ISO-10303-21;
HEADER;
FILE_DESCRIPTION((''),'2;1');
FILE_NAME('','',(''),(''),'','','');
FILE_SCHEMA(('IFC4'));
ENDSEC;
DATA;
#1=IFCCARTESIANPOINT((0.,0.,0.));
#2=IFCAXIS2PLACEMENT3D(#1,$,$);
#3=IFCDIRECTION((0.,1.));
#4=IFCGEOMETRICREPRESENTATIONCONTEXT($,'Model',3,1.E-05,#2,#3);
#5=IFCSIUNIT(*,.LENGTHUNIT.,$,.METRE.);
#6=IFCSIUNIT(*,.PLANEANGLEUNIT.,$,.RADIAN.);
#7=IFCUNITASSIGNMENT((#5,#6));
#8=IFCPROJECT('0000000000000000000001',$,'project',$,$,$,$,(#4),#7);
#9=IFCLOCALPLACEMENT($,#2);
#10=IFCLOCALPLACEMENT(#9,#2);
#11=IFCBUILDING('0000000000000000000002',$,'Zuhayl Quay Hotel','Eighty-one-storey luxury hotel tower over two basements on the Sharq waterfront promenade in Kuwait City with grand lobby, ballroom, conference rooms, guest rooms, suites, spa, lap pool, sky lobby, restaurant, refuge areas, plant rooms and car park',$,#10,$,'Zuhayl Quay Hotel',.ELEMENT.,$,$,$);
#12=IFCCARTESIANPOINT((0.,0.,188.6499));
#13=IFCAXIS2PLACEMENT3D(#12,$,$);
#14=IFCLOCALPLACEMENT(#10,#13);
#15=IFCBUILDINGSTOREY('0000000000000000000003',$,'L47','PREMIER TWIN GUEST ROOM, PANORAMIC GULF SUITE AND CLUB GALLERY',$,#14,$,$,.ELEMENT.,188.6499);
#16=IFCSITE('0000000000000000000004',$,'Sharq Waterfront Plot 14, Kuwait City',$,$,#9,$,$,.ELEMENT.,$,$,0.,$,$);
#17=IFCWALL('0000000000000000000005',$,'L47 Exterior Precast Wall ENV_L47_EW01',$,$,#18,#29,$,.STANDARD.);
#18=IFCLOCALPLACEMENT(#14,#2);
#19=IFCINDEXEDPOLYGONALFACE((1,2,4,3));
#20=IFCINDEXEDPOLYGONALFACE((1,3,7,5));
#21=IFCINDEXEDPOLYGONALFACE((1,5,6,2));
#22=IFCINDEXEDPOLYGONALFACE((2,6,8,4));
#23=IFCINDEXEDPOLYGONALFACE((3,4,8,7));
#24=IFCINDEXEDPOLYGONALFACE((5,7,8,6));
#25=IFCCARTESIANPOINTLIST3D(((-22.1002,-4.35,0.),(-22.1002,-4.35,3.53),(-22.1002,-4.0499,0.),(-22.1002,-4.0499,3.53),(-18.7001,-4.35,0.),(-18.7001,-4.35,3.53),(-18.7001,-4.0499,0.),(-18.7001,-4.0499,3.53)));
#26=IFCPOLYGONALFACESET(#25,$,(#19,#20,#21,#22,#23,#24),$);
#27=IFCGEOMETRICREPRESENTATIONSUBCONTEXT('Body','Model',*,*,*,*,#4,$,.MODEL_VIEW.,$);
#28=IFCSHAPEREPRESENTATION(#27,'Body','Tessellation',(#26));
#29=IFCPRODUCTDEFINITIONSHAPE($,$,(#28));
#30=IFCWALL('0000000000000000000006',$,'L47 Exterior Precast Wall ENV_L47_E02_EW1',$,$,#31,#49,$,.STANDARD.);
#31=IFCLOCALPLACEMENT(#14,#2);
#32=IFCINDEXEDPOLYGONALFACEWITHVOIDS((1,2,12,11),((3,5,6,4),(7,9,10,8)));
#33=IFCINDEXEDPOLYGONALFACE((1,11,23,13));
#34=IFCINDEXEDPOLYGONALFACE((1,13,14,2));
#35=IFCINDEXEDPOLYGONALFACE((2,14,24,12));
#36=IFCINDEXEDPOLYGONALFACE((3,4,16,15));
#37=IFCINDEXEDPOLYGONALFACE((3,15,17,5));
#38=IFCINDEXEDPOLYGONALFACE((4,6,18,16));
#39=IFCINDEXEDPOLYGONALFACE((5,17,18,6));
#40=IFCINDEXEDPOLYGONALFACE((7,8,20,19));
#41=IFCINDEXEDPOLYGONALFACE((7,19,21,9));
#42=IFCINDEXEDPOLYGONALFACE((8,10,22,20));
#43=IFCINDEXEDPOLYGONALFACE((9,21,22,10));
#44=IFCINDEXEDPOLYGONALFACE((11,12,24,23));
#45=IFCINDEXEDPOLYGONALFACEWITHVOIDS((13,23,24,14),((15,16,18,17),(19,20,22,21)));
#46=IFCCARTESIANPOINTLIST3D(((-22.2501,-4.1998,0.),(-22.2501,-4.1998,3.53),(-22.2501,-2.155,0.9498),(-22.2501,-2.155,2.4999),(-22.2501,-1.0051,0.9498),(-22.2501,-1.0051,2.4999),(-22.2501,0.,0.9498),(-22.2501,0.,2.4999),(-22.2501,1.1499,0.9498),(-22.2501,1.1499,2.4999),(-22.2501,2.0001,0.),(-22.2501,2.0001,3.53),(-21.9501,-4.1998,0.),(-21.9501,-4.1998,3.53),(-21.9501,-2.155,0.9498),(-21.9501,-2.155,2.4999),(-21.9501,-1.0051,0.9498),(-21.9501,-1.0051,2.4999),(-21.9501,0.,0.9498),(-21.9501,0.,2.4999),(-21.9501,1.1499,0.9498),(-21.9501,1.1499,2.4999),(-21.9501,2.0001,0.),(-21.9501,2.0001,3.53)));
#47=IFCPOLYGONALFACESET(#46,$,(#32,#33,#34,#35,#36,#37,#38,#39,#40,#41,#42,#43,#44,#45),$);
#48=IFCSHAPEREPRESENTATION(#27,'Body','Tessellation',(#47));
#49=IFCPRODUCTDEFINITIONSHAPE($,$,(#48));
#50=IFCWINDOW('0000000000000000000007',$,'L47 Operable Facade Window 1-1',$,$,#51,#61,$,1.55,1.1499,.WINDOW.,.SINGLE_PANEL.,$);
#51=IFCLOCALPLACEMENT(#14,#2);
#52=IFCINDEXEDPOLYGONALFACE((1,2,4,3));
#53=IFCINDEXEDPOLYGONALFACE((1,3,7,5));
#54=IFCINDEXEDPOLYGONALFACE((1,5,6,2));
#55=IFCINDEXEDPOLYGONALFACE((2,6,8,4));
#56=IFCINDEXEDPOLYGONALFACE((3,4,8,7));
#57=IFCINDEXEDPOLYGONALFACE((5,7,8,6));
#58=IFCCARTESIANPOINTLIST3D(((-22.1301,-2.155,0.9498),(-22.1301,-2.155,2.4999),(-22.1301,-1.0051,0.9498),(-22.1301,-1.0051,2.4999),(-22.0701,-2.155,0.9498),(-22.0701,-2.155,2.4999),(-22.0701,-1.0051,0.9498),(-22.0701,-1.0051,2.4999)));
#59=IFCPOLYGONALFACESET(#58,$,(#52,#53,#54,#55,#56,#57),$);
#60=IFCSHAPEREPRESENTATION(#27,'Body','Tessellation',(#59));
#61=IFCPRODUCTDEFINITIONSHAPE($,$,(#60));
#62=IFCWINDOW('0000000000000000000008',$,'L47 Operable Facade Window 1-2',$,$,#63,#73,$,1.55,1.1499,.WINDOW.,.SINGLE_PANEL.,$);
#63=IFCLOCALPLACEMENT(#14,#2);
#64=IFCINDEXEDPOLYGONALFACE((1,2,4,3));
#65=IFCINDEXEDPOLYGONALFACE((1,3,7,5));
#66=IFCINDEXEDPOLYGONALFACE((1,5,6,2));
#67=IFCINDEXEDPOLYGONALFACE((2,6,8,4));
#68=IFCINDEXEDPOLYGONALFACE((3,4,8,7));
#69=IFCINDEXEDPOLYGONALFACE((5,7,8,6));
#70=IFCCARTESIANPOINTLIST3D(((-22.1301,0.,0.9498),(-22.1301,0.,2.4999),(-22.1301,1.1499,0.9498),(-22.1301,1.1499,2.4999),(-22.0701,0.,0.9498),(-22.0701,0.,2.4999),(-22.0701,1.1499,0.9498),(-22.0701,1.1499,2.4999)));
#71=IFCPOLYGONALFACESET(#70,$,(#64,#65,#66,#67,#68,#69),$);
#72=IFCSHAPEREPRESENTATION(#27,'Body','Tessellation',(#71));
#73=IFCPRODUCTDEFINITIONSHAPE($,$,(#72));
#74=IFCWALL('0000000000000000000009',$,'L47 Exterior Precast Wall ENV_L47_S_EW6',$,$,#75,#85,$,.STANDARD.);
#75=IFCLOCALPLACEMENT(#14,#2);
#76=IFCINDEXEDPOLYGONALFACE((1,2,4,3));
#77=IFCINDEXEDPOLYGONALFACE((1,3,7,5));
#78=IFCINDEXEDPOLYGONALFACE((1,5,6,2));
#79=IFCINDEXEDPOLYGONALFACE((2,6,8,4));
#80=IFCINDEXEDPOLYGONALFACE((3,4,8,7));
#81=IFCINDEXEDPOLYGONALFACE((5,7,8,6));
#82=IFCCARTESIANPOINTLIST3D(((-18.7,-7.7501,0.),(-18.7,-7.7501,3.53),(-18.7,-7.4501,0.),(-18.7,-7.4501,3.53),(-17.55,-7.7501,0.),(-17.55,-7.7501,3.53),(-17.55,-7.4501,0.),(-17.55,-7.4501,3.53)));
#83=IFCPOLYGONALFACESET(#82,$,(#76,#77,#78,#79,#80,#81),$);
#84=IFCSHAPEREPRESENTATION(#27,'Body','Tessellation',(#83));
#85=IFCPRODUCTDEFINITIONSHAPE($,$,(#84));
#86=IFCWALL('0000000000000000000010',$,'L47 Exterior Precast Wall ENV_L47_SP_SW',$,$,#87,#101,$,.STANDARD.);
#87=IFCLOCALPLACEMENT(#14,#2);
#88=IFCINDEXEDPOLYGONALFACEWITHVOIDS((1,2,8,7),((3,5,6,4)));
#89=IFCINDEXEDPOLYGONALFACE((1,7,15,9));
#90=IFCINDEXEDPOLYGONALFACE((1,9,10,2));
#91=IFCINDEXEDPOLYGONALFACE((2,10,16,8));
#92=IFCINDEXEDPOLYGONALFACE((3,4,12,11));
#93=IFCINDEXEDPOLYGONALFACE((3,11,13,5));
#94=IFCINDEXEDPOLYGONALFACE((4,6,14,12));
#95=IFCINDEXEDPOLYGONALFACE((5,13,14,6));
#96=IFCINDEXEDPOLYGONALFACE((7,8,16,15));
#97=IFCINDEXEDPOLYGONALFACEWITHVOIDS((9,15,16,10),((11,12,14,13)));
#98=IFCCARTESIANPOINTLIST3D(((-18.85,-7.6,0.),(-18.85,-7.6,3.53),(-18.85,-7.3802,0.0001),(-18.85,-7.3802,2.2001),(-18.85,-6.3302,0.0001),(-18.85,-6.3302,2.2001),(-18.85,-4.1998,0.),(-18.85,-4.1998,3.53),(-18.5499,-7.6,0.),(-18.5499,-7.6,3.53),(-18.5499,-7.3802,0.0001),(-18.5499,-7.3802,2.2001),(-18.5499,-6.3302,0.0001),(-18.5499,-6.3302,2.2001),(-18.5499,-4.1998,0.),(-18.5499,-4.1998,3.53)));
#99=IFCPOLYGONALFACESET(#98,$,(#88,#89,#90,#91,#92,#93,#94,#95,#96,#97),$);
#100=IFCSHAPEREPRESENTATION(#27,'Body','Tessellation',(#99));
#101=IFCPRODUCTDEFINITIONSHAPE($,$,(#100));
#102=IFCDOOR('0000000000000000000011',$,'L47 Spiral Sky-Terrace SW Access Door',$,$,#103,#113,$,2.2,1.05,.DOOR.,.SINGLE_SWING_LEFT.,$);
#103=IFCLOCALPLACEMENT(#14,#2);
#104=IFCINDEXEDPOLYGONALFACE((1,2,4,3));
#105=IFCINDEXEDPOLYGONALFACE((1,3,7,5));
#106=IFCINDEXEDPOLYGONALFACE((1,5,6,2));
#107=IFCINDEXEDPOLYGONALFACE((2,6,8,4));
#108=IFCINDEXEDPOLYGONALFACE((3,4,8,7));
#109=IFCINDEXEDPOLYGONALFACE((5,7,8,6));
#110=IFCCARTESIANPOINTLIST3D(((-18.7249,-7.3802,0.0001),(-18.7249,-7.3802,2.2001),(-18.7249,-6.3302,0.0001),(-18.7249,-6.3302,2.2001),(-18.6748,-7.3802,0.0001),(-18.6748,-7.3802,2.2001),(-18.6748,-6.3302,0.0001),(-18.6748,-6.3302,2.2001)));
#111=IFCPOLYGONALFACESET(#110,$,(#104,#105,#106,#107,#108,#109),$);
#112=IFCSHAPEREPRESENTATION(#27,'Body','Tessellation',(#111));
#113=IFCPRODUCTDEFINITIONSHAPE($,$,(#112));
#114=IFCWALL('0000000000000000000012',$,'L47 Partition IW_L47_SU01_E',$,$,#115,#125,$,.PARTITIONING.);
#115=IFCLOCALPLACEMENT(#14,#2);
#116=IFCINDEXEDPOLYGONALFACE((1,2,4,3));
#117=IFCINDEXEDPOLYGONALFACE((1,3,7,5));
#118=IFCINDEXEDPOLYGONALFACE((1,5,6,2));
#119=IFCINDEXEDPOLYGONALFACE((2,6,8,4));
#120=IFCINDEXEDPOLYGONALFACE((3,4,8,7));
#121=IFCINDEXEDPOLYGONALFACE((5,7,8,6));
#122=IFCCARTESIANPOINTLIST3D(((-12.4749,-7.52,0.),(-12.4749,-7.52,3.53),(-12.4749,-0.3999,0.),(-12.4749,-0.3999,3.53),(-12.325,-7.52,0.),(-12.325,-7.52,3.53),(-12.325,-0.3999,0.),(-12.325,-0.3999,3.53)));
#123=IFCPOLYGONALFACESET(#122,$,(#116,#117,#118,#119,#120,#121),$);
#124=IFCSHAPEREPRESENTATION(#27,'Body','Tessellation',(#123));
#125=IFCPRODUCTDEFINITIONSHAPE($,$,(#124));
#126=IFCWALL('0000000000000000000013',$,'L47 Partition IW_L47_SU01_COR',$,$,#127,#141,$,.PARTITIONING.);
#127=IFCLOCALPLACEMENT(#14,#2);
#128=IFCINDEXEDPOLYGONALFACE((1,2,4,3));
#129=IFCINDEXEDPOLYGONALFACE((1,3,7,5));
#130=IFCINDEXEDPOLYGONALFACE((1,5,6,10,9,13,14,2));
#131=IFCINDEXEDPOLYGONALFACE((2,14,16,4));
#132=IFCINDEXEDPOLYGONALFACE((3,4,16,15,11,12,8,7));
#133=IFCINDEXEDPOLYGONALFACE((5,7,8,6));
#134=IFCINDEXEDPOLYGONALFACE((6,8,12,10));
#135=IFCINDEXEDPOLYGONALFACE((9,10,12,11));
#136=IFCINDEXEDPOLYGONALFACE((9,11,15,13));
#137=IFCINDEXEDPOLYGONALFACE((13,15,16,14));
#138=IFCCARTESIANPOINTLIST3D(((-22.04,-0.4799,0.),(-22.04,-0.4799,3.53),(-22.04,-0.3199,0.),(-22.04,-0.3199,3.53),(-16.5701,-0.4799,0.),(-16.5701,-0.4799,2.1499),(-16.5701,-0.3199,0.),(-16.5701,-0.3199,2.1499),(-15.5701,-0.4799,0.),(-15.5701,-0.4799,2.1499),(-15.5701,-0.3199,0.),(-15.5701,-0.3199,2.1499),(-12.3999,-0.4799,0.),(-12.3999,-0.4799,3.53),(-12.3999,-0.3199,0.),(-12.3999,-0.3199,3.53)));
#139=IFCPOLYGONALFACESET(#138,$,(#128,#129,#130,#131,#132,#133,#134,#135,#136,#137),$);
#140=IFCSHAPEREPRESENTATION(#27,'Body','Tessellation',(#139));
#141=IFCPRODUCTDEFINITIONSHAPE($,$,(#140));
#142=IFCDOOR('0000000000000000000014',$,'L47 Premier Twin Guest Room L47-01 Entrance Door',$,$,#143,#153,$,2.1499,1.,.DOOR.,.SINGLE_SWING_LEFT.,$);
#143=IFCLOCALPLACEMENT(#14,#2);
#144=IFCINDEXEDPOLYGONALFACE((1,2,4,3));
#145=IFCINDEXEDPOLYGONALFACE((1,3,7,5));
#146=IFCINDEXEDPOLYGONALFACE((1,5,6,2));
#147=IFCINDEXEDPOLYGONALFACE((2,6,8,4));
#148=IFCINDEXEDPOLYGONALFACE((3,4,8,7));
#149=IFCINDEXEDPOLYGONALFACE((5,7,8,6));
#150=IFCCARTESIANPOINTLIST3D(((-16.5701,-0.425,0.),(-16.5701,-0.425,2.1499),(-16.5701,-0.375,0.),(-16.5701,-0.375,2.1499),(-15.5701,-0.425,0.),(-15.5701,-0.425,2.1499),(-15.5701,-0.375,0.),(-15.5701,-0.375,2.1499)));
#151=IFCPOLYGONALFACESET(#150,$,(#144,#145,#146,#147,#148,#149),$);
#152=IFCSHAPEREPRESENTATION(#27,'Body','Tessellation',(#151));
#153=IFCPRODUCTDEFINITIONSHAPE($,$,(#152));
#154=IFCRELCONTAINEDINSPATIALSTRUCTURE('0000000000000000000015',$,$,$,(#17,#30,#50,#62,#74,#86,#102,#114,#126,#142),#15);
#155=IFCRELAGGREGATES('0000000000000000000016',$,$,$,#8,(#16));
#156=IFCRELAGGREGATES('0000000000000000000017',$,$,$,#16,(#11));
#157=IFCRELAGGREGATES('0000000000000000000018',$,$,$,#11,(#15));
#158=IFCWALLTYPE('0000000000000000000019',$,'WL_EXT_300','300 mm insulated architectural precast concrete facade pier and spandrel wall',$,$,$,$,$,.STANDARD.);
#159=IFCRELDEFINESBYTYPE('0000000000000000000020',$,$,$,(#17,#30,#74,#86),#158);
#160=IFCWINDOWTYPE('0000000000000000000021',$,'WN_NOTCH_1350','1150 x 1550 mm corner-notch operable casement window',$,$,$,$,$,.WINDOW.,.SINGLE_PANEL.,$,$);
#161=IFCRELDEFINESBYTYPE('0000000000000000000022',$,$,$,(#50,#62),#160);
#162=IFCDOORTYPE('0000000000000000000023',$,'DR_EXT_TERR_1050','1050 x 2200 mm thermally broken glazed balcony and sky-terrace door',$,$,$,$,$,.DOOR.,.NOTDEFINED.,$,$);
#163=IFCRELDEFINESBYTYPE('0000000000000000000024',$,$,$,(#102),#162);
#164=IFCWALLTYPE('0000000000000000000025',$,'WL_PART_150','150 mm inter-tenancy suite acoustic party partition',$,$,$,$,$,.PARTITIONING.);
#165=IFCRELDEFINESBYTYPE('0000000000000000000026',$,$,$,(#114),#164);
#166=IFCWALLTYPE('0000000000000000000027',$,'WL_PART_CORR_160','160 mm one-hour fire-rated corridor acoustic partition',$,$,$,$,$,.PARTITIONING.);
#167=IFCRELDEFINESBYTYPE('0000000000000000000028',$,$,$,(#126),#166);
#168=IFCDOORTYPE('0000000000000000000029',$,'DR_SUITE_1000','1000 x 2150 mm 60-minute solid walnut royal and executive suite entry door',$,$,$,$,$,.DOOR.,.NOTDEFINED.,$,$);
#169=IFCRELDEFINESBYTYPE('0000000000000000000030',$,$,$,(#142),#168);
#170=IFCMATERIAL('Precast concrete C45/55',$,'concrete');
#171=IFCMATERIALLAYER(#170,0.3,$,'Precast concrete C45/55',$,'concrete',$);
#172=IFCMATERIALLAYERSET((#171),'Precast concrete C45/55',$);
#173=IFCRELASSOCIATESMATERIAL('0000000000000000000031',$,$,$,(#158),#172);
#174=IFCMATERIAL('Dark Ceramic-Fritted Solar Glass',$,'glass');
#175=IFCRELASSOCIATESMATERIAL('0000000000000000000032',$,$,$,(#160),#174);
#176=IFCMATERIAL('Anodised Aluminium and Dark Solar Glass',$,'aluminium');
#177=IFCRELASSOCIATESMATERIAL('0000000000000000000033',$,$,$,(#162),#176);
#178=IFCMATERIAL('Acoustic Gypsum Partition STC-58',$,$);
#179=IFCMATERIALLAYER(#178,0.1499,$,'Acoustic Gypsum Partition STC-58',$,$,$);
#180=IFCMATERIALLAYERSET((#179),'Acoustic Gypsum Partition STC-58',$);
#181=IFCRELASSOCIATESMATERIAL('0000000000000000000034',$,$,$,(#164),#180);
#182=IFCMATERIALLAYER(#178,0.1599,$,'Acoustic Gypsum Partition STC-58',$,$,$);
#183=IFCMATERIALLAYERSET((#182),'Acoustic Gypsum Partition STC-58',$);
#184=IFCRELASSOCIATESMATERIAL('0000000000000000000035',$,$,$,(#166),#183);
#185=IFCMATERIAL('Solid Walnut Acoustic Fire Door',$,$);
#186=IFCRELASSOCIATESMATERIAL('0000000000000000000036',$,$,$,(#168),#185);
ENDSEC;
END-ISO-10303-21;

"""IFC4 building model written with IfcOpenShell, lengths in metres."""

from ifc_helpers import new_model, si_unit, direction, frame, frame_2d, origin, place, context, subcontext, project, spatial, rectangle, extrude, material, layer, layer_set, type_object, element, fill, save


model = new_model("IFC4")

# Units and contexts
model_context = context("Model", 3, precision=1e-05, world=origin(), true_north=direction((0.0, 1.0)))
body_context = subcontext(model_context, "Body", "Model", "MODEL_VIEW")
ifc_project = project(units=[si_unit("LENGTHUNIT", "METRE"), si_unit("PLANEANGLEUNIT", "RADIAN")], contexts=[model_context])

# Site, building, storey
site_placement = place(None, origin())
site = spatial("IfcSite", under=ifc_project, at=site_placement, Name="Sharq Waterfront Plot 14, Kuwait City", CompositionType="ELEMENT", RefElevation=0.0)
building_placement = place(site_placement, origin())
building = spatial("IfcBuilding", under=site, at=building_placement, Name="Zuhayl Quay Hotel", Description="Eighty-one-storey luxury hotel tower over two basements on the Sharq waterfront promenade in Kuwait City with grand lobby, ballroom, conference rooms, guest rooms, suites, spa, lap pool, sky lobby, restaurant, refuge areas, plant rooms and car park", LongName="Zuhayl Quay Hotel", CompositionType="ELEMENT")
storey_placement = place(building_placement, frame((0.0, 0.0, 188.6499)))
storey = spatial("IfcBuildingStorey", under=building, at=storey_placement, Name="L47", Description="PREMIER TWIN GUEST ROOM, PANORAMIC GULF SUITE AND CLUB GALLERY", CompositionType="ELEMENT", Elevation=188.6499)

# Shared definitions
ifc_material_1 = material(Name="Dark Ceramic-Fritted Solar Glass", Category="glass")

# Wall
ifc_material_2 = material(Name="Precast concrete C45/55", Category="concrete")
ifc_layer_1 = layer(ifc_material_2, 0.3, Name="Precast concrete C45/55", Category="concrete")
ifc_layer_set_1 = layer_set([ifc_layer_1], Name="Precast concrete C45/55")
wall_type_1 = type_object("IfcWallType", Name="WL_EXT_300", Description="300 mm insulated architectural precast concrete facade pier and spandrel wall", PredefinedType="STANDARD", material=ifc_layer_set_1)
wall_1_placement = place(storey_placement, frame((-18.7, -4.2, 0.0), z_axis=(0.0, 0.0, 1.0), x_axis=(-1.0, 0.0, 0.0)))
element("IfcWall", 1, at=wall_1_placement, inside=storey, type_object=wall_type_1, Name="L47 Exterior Precast Wall ENV_L47_EW01", PredefinedType="STANDARD", context=body_context, shape_type="SweptSolid", body=[
    extrude(rectangle(XDim=3.4001, YDim=0.3, at=frame_2d((1.7002, 0.0))), origin(), (0.0, 0.0, 1.0), 3.53),
])

# Wall, openings, windows
wall_2_placement = place(storey_placement, frame((-22.1001, -4.2, 0.0), z_axis=(0.0, 0.0, 1.0), x_axis=(0.0, 1.0, 0.0)))
wall_2 = element("IfcWall", 2, at=wall_2_placement, inside=storey, type_object=wall_type_1, Name="L47 Exterior Precast Wall ENV_L47_E02_EW1", PredefinedType="STANDARD", context=body_context, shape_type="SweptSolid", body=[
    extrude(rectangle(XDim=6.2, YDim=0.3, at=frame_2d((3.1001, 0.0))), origin(), (0.0, 0.0, 1.0), 3.53),
])
opening_1_placement = place(wall_2_placement, frame((2.0449, 0.0, 0.95)))
opening_1 = element("IfcOpeningElement", 3, at=opening_1_placement, cuts=wall_2, PredefinedType="OPENING", context=body_context, shape_type="SweptSolid", body=[
    extrude(rectangle(XDim=1.1499, YDim=1.55, at=frame_2d((0.575, 0.7749))), frame((0.0, 0.1599, 0.0), z_axis=(0.0, -1.0, 0.0), x_axis=(1.0, 0.0, 0.0)), (0.0, 0.0, 1.0), 0.3201),
])
opening_2_placement = place(wall_2_placement, frame((4.2, 0.0, 0.95)))
opening_2 = element("IfcOpeningElement", 4, at=opening_2_placement, cuts=wall_2, PredefinedType="OPENING", context=body_context, shape_type="SweptSolid", body=[
    extrude(rectangle(XDim=1.1499, YDim=1.55, at=frame_2d((0.575, 0.7749))), frame((0.0, 0.1599, 0.0), z_axis=(0.0, -1.0, 0.0), x_axis=(1.0, 0.0, 0.0)), (0.0, 0.0, 1.0), 0.3201),
])
window_type = type_object("IfcWindowType", Name="WN_NOTCH_1350", Description="1150 x 1550 mm corner-notch operable casement window", PartitioningType="SINGLE_PANEL", PredefinedType="WINDOW", material=ifc_material_1)
window_1_placement = place(opening_1_placement, origin())
window_1 = element("IfcWindow", 5, at=window_1_placement, inside=storey, type_object=window_type, Name="L47 Operable Facade Window 1-1", OverallHeight=1.55, OverallWidth=1.1499, PartitioningType="SINGLE_PANEL", PredefinedType="WINDOW", context=body_context, shape_type="SweptSolid", body=[
    extrude(rectangle(XDim=1.1499, YDim=1.55, at=frame_2d((0.575, 0.7749))), frame((0.0, 0.03, 0.0), z_axis=(0.0, -1.0, 0.0), x_axis=(1.0, 0.0, 0.0)), (0.0, 0.0, 1.0), 0.0601),
])
fill(opening_1, window_1)
window_2_placement = place(opening_2_placement, origin())
window_2 = element("IfcWindow", 6, at=window_2_placement, inside=storey, type_object=window_type, Name="L47 Operable Facade Window 1-2", OverallHeight=1.55, OverallWidth=1.1499, PartitioningType="SINGLE_PANEL", PredefinedType="WINDOW", context=body_context, shape_type="SweptSolid", body=[
    extrude(rectangle(XDim=1.1499, YDim=1.55, at=frame_2d((0.575, 0.7749))), frame((0.0, 0.03, 0.0), z_axis=(0.0, -1.0, 0.0), x_axis=(1.0, 0.0, 0.0)), (0.0, 0.0, 1.0), 0.0601),
])
fill(opening_2, window_2)

# Wall
wall_3_placement = place(storey_placement, frame((-17.55, -7.6001, 0.0), z_axis=(0.0, 0.0, 1.0), x_axis=(-1.0, 0.0, 0.0)))
element("IfcWall", 7, at=wall_3_placement, inside=storey, type_object=wall_type_1, Name="L47 Exterior Precast Wall ENV_L47_S_EW6", PredefinedType="STANDARD", context=body_context, shape_type="SweptSolid", body=[
    extrude(rectangle(XDim=1.1499, YDim=0.3, at=frame_2d((0.575, 0.0))), origin(), (0.0, 0.0, 1.0), 3.53),
])

# Wall, opening, door
wall_4_placement = place(storey_placement, frame((-18.7, -7.6001, 0.0), z_axis=(0.0, 0.0, 1.0), x_axis=(0.0, 1.0, 0.0)))
wall_4 = element("IfcWall", 8, at=wall_4_placement, inside=storey, type_object=wall_type_1, Name="L47 Exterior Precast Wall ENV_L47_SP_SW", PredefinedType="STANDARD", context=body_context, shape_type="SweptSolid", body=[
    extrude(rectangle(XDim=3.4001, YDim=0.3, at=frame_2d((1.7002, 0.0))), origin(), (0.0, 0.0, 1.0), 3.53),
])
opening_3_placement = place(wall_4_placement, frame((0.22, 0.0, 0.0)))
opening_3 = element("IfcOpeningElement", 9, at=opening_3_placement, cuts=wall_4, PredefinedType="OPENING", context=body_context, shape_type="SweptSolid", body=[
    extrude(rectangle(XDim=1.05, YDim=2.2, at=frame_2d((0.5249, 1.1001))), frame((0.0, 0.1599, 0.0), z_axis=(0.0, -1.0, 0.0), x_axis=(1.0, 0.0, 0.0)), (0.0, 0.0, 1.0), 0.3201),
])
ifc_material_3 = material(Name="Anodised Aluminium and Dark Solar Glass", Category="aluminium")
door_type_1 = type_object("IfcDoorType", Name="DR_EXT_TERR_1050", Description="1050 x 2200 mm thermally broken glazed balcony and sky-terrace door", OperationType="NOTDEFINED", PredefinedType="DOOR", material=ifc_material_3)
door_1_placement = place(opening_3_placement, origin())
door_1 = element("IfcDoor", 10, at=door_1_placement, inside=storey, type_object=door_type_1, Name="L47 Spiral Sky-Terrace SW Access Door", OperationType="SINGLE_SWING_LEFT", OverallHeight=2.2, OverallWidth=1.05, PredefinedType="DOOR", context=body_context, shape_type="SweptSolid", body=[
    extrude(rectangle(XDim=1.05, YDim=2.2, at=frame_2d((0.5249, 1.1001))), frame((0.0, 0.0249, 0.0), z_axis=(0.0, -1.0, 0.0), x_axis=(1.0, 0.0, 0.0)), (0.0, 0.0, 1.0), 0.05),
])
fill(opening_3, door_1)

# Wall
ifc_material_4 = material(Name="Acoustic Gypsum Partition STC-58")
ifc_layer_2 = layer(ifc_material_4, 0.1499, Name="Acoustic Gypsum Partition STC-58")
ifc_layer_set_2 = layer_set([ifc_layer_2], Name="Acoustic Gypsum Partition STC-58")
wall_type_2 = type_object("IfcWallType", Name="WL_PART_150", Description="150 mm inter-tenancy suite acoustic party partition", PredefinedType="PARTITIONING", material=ifc_layer_set_2)
wall_5_placement = place(storey_placement, frame((-12.3999, -7.52, 0.0), z_axis=(0.0, 0.0, 1.0), x_axis=(0.0, 1.0, 0.0)))
element("IfcWall", 11, at=wall_5_placement, inside=storey, type_object=wall_type_2, Name="L47 Partition IW_L47_SU01_E", PredefinedType="PARTITIONING", context=body_context, shape_type="SweptSolid", body=[
    extrude(rectangle(XDim=7.1201, YDim=0.1499, at=frame_2d((3.5601, 0.0))), origin(), (0.0, 0.0, 1.0), 3.53),
])

# Wall, opening, door
ifc_layer_3 = layer(ifc_material_4, 0.1599, Name="Acoustic Gypsum Partition STC-58")
ifc_layer_set_3 = layer_set([ifc_layer_3], Name="Acoustic Gypsum Partition STC-58")
wall_type_3 = type_object("IfcWallType", Name="WL_PART_CORR_160", Description="160 mm one-hour fire-rated corridor acoustic partition", PredefinedType="PARTITIONING", material=ifc_layer_set_3)
wall_6_placement = place(storey_placement, frame((-22.04, -0.3999, 0.0), z_axis=(0.0, 0.0, 1.0), x_axis=(1.0, 0.0, 0.0)))
wall_6 = element("IfcWall", 12, at=wall_6_placement, inside=storey, type_object=wall_type_3, Name="L47 Partition IW_L47_SU01_COR", PredefinedType="PARTITIONING", context=body_context, shape_type="SweptSolid", body=[
    extrude(rectangle(XDim=9.6401, YDim=0.1599, at=frame_2d((4.8201, 0.0))), origin(), (0.0, 0.0, 1.0), 3.53),
])
opening_4_placement = place(wall_6_placement, frame((5.47, 0.0, 0.0)))
opening_4 = element("IfcOpeningElement", 13, at=opening_4_placement, cuts=wall_6, PredefinedType="OPENING", context=body_context, shape_type="SweptSolid", body=[
    extrude(rectangle(XDim=1.0, YDim=2.1499, at=frame_2d((0.5, 1.075))), frame((0.0, 0.0898, 0.0), z_axis=(0.0, -1.0, 0.0), x_axis=(1.0, 0.0, 0.0)), (0.0, 0.0, 1.0), 0.1799),
])
ifc_material_5 = material(Name="Solid Walnut Acoustic Fire Door")
door_type_2 = type_object("IfcDoorType", Name="DR_SUITE_1000", Description="1000 x 2150 mm 60-minute solid walnut royal and executive suite entry door", OperationType="NOTDEFINED", PredefinedType="DOOR", material=ifc_material_5)
door_2_placement = place(opening_4_placement, origin())
door_2 = element("IfcDoor", 14, at=door_2_placement, inside=storey, type_object=door_type_2, Name="L47 Premier Twin Guest Room L47-01 Entrance Door", OperationType="SINGLE_SWING_LEFT", OverallHeight=2.1499, OverallWidth=1.0, PredefinedType="DOOR", context=body_context, shape_type="SweptSolid", body=[
    extrude(rectangle(XDim=1.0, YDim=2.1499, at=frame_2d((0.5, 1.075))), frame((0.0, 0.0249, 0.0), z_axis=(0.0, -1.0, 0.0), x_axis=(1.0, 0.0, 0.0)), (0.0, 0.0, 1.0), 0.05),
])
fill(opening_4, door_2)

save(model, "model.ifc")
